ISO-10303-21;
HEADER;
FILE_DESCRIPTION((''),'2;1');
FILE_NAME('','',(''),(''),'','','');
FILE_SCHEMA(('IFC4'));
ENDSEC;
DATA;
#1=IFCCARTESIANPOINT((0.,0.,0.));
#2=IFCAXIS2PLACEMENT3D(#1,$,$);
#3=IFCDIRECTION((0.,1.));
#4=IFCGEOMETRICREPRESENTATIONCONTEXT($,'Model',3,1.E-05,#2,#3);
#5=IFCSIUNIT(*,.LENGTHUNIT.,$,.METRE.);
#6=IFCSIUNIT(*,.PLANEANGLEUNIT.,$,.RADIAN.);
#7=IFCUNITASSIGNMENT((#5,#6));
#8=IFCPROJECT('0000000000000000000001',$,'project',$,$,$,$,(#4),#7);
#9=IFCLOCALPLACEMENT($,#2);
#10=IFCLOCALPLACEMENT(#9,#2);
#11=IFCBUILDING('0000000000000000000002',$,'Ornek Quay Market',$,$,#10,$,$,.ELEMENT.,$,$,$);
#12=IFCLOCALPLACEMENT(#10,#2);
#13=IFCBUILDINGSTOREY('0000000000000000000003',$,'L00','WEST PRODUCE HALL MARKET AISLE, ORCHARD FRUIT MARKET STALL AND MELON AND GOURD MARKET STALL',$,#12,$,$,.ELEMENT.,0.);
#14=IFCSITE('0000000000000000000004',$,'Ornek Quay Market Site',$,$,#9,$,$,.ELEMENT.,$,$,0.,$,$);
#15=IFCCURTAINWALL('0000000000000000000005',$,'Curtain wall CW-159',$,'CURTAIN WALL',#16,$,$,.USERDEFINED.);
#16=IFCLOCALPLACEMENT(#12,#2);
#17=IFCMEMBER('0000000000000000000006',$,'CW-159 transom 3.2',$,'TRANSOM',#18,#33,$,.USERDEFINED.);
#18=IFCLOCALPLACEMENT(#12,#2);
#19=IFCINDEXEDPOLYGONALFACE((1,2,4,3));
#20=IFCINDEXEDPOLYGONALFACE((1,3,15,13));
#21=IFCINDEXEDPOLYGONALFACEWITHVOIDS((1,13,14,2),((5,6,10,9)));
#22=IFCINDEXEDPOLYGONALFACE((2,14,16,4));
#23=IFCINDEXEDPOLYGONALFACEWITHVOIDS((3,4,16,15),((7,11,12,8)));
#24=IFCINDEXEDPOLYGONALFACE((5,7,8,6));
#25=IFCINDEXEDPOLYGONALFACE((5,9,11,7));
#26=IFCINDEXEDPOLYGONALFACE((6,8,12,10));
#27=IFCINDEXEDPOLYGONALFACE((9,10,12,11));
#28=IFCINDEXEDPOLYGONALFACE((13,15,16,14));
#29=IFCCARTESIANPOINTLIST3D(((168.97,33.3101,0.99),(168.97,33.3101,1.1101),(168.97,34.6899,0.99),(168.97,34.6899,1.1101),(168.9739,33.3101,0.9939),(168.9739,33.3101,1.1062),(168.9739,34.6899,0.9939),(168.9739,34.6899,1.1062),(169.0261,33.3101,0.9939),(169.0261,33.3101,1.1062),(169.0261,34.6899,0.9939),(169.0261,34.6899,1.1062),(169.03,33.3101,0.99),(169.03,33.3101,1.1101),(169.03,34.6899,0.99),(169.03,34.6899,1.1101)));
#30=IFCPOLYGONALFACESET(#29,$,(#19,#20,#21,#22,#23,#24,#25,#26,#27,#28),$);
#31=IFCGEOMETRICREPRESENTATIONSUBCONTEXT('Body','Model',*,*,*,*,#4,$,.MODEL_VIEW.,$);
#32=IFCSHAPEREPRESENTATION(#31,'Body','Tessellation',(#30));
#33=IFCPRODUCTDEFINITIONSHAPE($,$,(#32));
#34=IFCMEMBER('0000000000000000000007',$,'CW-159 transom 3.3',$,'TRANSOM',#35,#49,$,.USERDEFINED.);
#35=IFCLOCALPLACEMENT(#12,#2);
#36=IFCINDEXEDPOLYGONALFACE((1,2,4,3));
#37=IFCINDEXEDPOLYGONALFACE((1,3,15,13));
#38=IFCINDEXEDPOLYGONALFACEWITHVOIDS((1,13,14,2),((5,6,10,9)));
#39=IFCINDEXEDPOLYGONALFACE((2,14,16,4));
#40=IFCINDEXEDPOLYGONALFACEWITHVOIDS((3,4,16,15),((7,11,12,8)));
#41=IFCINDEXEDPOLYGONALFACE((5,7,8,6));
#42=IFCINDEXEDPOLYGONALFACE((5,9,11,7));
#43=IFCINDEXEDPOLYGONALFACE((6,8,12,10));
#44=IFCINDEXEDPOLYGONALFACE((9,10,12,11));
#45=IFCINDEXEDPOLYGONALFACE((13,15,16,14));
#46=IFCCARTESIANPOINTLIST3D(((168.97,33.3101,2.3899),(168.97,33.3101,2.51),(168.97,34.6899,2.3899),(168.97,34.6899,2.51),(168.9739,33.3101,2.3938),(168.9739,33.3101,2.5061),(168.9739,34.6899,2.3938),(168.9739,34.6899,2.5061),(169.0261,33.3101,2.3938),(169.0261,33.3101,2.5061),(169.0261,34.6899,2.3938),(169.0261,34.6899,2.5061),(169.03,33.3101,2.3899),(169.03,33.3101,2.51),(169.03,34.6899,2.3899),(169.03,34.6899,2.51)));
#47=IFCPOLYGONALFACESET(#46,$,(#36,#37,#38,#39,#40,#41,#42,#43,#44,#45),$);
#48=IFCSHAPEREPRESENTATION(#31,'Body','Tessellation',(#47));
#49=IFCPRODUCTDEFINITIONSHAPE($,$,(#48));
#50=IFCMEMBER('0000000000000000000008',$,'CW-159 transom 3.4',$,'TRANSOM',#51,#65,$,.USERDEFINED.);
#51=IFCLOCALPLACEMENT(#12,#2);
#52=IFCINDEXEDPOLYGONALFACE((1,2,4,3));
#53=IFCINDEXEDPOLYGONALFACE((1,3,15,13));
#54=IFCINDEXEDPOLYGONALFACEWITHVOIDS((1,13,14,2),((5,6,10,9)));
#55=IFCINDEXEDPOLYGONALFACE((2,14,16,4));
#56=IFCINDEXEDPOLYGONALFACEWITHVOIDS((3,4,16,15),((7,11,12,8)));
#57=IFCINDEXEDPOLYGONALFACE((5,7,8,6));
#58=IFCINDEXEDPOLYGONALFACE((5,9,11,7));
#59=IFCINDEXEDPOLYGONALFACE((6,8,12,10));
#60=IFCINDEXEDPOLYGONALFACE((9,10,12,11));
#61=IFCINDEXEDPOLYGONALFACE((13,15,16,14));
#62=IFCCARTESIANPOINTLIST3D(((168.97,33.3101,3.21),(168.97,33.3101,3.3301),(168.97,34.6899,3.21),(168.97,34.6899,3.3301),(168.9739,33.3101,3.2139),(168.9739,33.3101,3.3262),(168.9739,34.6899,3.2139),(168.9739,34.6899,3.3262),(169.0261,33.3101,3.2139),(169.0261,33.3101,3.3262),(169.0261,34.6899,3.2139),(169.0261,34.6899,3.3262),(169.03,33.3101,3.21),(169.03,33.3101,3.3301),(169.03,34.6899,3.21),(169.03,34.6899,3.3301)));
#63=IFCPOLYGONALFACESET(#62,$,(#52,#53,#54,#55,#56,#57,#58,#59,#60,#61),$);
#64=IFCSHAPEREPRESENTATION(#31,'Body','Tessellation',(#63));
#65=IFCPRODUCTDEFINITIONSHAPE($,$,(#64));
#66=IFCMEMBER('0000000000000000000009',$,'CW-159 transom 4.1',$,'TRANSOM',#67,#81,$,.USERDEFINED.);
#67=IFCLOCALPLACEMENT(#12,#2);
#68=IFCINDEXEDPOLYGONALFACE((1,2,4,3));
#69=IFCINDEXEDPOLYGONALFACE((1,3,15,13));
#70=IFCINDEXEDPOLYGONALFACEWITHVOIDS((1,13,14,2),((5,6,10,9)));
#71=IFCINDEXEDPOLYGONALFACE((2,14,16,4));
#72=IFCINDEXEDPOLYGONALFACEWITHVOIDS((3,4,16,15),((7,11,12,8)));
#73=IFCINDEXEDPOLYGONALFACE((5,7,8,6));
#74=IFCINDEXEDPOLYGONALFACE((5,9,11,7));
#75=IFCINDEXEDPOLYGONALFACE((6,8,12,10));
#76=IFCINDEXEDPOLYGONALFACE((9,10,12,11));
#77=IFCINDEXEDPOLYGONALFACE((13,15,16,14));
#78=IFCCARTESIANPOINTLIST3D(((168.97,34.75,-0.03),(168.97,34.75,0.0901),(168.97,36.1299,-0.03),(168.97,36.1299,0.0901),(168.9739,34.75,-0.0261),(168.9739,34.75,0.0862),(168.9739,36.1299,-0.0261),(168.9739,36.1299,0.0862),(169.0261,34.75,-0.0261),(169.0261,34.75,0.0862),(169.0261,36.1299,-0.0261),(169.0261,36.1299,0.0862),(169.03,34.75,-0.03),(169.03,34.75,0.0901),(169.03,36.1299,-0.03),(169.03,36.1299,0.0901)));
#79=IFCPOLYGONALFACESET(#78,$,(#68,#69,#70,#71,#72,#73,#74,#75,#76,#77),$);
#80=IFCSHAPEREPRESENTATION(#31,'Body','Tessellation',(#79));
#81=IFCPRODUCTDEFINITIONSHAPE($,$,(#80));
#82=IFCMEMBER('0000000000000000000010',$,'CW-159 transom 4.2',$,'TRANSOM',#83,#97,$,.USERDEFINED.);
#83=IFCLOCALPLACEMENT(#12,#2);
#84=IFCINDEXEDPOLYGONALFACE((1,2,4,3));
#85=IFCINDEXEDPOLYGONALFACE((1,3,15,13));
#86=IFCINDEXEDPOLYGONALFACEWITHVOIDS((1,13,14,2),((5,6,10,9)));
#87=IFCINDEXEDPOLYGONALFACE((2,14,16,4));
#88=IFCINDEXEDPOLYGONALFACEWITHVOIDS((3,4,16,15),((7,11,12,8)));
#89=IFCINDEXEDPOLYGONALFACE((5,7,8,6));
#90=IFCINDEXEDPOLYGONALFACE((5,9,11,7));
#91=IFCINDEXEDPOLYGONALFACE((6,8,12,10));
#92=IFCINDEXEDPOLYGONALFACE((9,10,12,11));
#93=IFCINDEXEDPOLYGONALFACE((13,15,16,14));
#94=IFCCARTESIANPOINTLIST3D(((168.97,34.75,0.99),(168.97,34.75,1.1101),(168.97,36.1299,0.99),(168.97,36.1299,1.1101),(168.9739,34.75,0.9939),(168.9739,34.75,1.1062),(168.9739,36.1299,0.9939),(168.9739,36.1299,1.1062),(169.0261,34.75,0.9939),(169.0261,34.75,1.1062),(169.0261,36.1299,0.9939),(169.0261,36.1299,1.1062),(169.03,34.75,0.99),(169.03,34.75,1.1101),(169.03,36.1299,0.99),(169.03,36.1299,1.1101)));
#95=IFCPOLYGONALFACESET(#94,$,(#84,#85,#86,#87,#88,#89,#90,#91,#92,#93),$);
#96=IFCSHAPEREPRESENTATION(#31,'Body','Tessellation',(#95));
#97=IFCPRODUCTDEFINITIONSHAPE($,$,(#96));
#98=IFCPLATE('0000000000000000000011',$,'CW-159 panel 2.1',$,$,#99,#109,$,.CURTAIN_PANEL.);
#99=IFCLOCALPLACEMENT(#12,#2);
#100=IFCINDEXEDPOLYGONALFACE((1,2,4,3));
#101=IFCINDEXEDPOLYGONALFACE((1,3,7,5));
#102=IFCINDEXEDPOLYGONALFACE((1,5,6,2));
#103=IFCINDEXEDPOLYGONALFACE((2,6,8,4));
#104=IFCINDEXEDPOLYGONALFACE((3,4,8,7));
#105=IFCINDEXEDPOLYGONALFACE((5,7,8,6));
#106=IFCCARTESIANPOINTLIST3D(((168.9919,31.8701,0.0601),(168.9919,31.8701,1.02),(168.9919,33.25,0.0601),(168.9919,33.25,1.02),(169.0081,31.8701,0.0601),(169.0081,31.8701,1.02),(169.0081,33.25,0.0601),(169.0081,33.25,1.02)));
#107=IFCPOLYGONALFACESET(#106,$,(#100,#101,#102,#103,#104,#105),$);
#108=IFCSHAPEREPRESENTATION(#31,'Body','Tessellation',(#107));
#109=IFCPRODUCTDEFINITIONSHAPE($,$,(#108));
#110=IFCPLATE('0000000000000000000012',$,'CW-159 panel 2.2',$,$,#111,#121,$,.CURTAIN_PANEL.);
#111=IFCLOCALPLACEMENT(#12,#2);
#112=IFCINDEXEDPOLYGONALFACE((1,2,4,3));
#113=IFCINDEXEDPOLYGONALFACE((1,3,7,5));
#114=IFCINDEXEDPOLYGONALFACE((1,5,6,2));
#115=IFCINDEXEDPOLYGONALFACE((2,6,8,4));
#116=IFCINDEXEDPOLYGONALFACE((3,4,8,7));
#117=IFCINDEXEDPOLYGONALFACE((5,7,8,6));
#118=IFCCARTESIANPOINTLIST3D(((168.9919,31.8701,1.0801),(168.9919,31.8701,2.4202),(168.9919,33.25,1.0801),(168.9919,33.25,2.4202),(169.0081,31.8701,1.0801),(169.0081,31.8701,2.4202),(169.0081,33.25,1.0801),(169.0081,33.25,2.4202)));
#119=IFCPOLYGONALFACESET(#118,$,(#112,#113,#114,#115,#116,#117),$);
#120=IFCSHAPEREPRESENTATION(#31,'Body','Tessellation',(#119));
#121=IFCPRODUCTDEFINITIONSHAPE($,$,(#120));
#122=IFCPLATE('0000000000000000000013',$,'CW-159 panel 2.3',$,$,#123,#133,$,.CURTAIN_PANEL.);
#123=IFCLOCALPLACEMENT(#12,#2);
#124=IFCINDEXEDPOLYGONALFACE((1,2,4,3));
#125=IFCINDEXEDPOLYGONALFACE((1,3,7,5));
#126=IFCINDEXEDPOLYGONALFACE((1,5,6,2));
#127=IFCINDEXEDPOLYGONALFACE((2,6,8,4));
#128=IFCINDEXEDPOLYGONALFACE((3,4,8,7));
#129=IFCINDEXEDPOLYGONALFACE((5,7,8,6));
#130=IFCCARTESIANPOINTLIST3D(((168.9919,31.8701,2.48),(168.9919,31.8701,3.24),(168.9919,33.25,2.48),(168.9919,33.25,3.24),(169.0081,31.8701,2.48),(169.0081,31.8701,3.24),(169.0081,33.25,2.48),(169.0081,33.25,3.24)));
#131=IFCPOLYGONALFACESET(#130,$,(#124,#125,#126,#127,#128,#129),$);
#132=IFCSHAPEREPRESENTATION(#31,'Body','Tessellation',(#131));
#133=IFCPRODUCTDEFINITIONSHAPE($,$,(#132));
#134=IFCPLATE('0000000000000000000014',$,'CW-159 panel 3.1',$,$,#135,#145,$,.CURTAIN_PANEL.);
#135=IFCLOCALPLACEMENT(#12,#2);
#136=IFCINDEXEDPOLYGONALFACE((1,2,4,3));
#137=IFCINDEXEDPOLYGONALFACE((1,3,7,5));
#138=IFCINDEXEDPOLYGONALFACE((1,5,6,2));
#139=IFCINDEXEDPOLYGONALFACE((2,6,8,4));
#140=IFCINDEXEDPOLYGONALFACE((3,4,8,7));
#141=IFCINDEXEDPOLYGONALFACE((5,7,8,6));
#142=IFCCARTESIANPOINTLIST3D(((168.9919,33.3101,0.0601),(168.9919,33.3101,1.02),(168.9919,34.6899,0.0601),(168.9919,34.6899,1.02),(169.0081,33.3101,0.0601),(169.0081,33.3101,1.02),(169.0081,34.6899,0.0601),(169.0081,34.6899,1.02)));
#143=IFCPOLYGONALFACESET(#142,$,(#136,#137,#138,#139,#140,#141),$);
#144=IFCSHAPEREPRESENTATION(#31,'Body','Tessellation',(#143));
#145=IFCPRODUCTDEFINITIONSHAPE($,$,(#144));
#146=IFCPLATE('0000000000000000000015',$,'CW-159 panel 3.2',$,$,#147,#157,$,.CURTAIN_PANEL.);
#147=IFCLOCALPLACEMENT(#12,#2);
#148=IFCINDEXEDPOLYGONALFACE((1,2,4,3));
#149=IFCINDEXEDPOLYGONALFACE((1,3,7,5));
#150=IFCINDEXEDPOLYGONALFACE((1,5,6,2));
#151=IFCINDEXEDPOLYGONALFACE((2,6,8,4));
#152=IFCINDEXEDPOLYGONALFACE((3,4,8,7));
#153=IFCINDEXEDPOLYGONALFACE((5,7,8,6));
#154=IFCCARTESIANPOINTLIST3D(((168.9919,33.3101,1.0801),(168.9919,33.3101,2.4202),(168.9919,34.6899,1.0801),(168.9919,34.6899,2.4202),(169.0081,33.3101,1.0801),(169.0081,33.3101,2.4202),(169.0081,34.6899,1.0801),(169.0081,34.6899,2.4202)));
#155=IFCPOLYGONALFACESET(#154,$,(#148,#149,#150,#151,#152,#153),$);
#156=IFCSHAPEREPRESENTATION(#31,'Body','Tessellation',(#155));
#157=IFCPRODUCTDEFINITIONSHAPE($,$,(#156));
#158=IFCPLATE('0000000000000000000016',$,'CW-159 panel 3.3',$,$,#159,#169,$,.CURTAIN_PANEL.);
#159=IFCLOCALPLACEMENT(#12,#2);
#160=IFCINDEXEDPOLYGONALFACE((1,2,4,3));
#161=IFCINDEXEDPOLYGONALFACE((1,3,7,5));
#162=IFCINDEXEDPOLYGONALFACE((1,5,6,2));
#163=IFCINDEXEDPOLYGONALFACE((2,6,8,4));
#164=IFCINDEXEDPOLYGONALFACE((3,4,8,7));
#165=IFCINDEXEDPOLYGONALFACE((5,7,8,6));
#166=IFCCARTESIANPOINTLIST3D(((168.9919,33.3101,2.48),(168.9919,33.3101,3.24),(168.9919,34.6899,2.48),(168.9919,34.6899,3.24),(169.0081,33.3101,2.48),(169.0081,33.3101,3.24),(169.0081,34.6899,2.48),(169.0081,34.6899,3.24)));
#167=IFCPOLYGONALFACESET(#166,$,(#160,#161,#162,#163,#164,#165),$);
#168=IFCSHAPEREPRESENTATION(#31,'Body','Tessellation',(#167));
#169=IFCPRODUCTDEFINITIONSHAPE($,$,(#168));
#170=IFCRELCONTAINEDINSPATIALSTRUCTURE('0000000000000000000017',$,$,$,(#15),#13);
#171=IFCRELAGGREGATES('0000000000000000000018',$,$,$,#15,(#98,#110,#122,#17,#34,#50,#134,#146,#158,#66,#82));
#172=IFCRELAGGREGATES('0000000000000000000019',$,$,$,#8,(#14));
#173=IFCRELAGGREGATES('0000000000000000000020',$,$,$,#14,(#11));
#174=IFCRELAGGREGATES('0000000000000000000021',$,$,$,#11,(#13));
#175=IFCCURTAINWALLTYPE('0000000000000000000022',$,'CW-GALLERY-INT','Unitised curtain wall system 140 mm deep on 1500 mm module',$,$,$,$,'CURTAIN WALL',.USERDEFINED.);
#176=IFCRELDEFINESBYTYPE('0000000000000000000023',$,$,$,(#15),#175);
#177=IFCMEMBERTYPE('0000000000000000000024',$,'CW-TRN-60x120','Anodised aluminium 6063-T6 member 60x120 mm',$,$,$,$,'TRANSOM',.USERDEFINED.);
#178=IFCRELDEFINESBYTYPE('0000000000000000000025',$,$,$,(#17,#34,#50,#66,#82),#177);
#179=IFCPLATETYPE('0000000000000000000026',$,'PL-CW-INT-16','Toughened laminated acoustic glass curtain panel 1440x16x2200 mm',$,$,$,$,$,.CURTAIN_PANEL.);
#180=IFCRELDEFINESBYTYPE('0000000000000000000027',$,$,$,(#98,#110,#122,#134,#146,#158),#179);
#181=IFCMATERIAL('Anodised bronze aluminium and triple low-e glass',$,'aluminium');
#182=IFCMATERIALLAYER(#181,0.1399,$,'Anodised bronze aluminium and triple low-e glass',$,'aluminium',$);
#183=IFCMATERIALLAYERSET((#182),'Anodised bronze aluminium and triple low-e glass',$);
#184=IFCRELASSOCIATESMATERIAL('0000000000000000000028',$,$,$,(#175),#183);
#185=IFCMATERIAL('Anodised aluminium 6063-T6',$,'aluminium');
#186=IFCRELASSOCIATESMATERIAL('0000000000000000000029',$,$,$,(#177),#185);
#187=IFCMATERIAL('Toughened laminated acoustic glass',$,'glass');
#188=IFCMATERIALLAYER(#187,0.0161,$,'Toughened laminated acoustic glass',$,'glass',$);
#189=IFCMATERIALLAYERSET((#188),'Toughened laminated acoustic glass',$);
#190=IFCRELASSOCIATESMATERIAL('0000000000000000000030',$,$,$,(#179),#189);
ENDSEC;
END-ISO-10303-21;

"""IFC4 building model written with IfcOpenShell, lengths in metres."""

from ifc_helpers import new_model, si_unit, direction, frame, origin, origin_2d, place, context, subcontext, project, spatial, rectangle, hollow_rectangle, extrude, material, layer, layer_set, material_profile, profile_set, type_object, element, aggregate, save


model = new_model("IFC4")

# Units and contexts
model_context = context("Model", 3, precision=1e-05, world=origin(), true_north=direction((0.0, 1.0)))
body_context = subcontext(model_context, "Body", "Model", "MODEL_VIEW")
ifc_project = project(units=[si_unit("LENGTHUNIT", "METRE"), si_unit("PLANEANGLEUNIT", "RADIAN")], contexts=[model_context])

# Site, building, storey
site_placement = place(None, origin())
site = spatial("IfcSite", under=ifc_project, at=site_placement, Name="Ornek Quay Market Site", CompositionType="ELEMENT", RefElevation=0.0)
building_placement = place(site_placement, origin())
building = spatial("IfcBuilding", under=site, at=building_placement, Name="Ornek Quay Market", CompositionType="ELEMENT")
storey_placement = place(building_placement, origin())
storey = spatial("IfcBuildingStorey", under=building, at=storey_placement, Name="L00", Description="WEST PRODUCE HALL MARKET AISLE, ORCHARD FRUIT MARKET STALL AND MELON AND GOURD MARKET STALL", CompositionType="ELEMENT", Elevation=0.0)

# Curtain wall, members, plates
ifc_material_1 = material(Name="Anodised bronze aluminium and triple low-e glass", Category="aluminium")
ifc_layer_1 = layer(ifc_material_1, 0.1399, Name="Anodised bronze aluminium and triple low-e glass", Category="aluminium")
ifc_layer_set_1 = layer_set([ifc_layer_1], Name="Anodised bronze aluminium and triple low-e glass")
curtain_wall_type = type_object("IfcCurtainWallType", Name="CW-GALLERY-INT", Description="Unitised curtain wall system 140 mm deep on 1500 mm module", ElementType="CURTAIN WALL", PredefinedType="USERDEFINED", material=ifc_layer_set_1)
curtain_wall_placement = place(storey_placement, origin())
curtain_wall = element("IfcCurtainWall", 1, at=curtain_wall_placement, inside=storey, type_object=curtain_wall_type, Name="Curtain wall CW-159", ObjectType="CURTAIN WALL", PredefinedType="USERDEFINED")
ifc_material_2 = material(Name="Anodised aluminium 6063-T6", Category="aluminium")
ifc_material_profile_1 = material_profile(ifc_material_2, hollow_rectangle(XDim=0.0601, YDim=0.1201, WallThickness=0.0039, at=origin_2d()), Name="CW-TRN-60x120", Category="aluminium")
ifc_profile_set_1 = profile_set([ifc_material_profile_1], Name="Anodised aluminium 6063-T6")
member_type_1 = type_object("IfcMemberType", Name="CW-TRN-60x120", Description="Anodised aluminium 6063-T6 member 60x120 mm", ElementType="TRANSOM", PredefinedType="USERDEFINED", material=ifc_profile_set_1)
member_1_placement = place(storey_placement, frame((169.0, 33.3101, 1.05), z_axis=(0.0, 1.0, 0.0), x_axis=(-1.0, 0.0, 0.0)))
member_1 = element("IfcMember", 2, at=member_1_placement, type_object=member_type_1, Name="CW-159 transom 3.2", ObjectType="TRANSOM", PredefinedType="USERDEFINED", context=body_context, shape_type="SweptSolid", body=[
    extrude(hollow_rectangle(XDim=0.0601, YDim=0.1201, WallThickness=0.0039, at=origin_2d()), origin(), (0.0, 0.0, 1.0), 1.3799),
])
member_2_placement = place(storey_placement, frame((169.0, 33.3101, 2.45), z_axis=(0.0, 1.0, 0.0), x_axis=(-1.0, 0.0, 0.0)))
member_2 = element("IfcMember", 3, at=member_2_placement, type_object=member_type_1, Name="CW-159 transom 3.3", ObjectType="TRANSOM", PredefinedType="USERDEFINED", context=body_context, shape_type="SweptSolid", body=[
    extrude(hollow_rectangle(XDim=0.0601, YDim=0.1201, WallThickness=0.0039, at=origin_2d()), origin(), (0.0, 0.0, 1.0), 1.3799),
])
member_3_placement = place(storey_placement, frame((169.0, 33.3101, 3.27), z_axis=(0.0, 1.0, 0.0), x_axis=(-1.0, 0.0, 0.0)))
member_3 = element("IfcMember", 4, at=member_3_placement, type_object=member_type_1, Name="CW-159 transom 3.4", ObjectType="TRANSOM", PredefinedType="USERDEFINED", context=body_context, shape_type="SweptSolid", body=[
    extrude(hollow_rectangle(XDim=0.0601, YDim=0.1201, WallThickness=0.0039, at=origin_2d()), origin(), (0.0, 0.0, 1.0), 1.3799),
])
member_4_placement = place(storey_placement, frame((169.0, 34.75, 0.03), z_axis=(0.0, 1.0, 0.0), x_axis=(-1.0, 0.0, 0.0)))
member_4 = element("IfcMember", 5, at=member_4_placement, type_object=member_type_1, Name="CW-159 transom 4.1", ObjectType="TRANSOM", PredefinedType="USERDEFINED", context=body_context, shape_type="SweptSolid", body=[
    extrude(hollow_rectangle(XDim=0.0601, YDim=0.1201, WallThickness=0.0039, at=origin_2d()), origin(), (0.0, 0.0, 1.0), 1.3799),
])
member_5_placement = place(storey_placement, frame((169.0, 34.75, 1.05), z_axis=(0.0, 1.0, 0.0), x_axis=(-1.0, 0.0, 0.0)))
member_5 = element("IfcMember", 6, at=member_5_placement, type_object=member_type_1, Name="CW-159 transom 4.2", ObjectType="TRANSOM", PredefinedType="USERDEFINED", context=body_context, shape_type="SweptSolid", body=[
    extrude(hollow_rectangle(XDim=0.0601, YDim=0.1201, WallThickness=0.0039, at=origin_2d()), origin(), (0.0, 0.0, 1.0), 1.3799),
])
ifc_material_3 = material(Name="Toughened laminated acoustic glass", Category="glass")
ifc_layer_2 = layer(ifc_material_3, 0.0161, Name="Toughened laminated acoustic glass", Category="glass")
ifc_layer_set_2 = layer_set([ifc_layer_2], Name="Toughened laminated acoustic glass")
plate_type = type_object("IfcPlateType", Name="PL-CW-INT-16", Description="Toughened laminated acoustic glass curtain panel 1440x16x2200 mm", PredefinedType="CURTAIN_PANEL", material=ifc_layer_set_2)
plate_1_placement = place(storey_placement, frame((169.0, 32.5601, 0.0601), z_axis=(0.0, 0.0, 1.0), x_axis=(0.0, 1.0, 0.0)))
plate_1 = element("IfcPlate", 7, at=plate_1_placement, type_object=plate_type, Name="CW-159 panel 2.1", PredefinedType="CURTAIN_PANEL", context=body_context, shape_type="SweptSolid", body=[
    extrude(rectangle(XDim=1.3799, YDim=0.0161, at=origin_2d()), origin(), (0.0, 0.0, 1.0), 0.96),
])
plate_2_placement = place(storey_placement, frame((169.0, 32.5601, 1.0801), z_axis=(0.0, 0.0, 1.0), x_axis=(0.0, 1.0, 0.0)))
plate_2 = element("IfcPlate", 8, at=plate_2_placement, type_object=plate_type, Name="CW-159 panel 2.2", PredefinedType="CURTAIN_PANEL", context=body_context, shape_type="SweptSolid", body=[
    extrude(rectangle(XDim=1.3799, YDim=0.0161, at=origin_2d()), origin(), (0.0, 0.0, 1.0), 1.3401),
])
plate_3_placement = place(storey_placement, frame((169.0, 32.5601, 2.48), z_axis=(0.0, 0.0, 1.0), x_axis=(0.0, 1.0, 0.0)))
plate_3 = element("IfcPlate", 9, at=plate_3_placement, type_object=plate_type, Name="CW-159 panel 2.3", PredefinedType="CURTAIN_PANEL", context=body_context, shape_type="SweptSolid", body=[
    extrude(rectangle(XDim=1.3799, YDim=0.0161, at=origin_2d()), origin(), (0.0, 0.0, 1.0), 0.76),
])
plate_4_placement = place(storey_placement, frame((169.0, 34.0, 0.0601), z_axis=(0.0, 0.0, 1.0), x_axis=(0.0, 1.0, 0.0)))
plate_4 = element("IfcPlate", 10, at=plate_4_placement, type_object=plate_type, Name="CW-159 panel 3.1", PredefinedType="CURTAIN_PANEL", context=body_context, shape_type="SweptSolid", body=[
    extrude(rectangle(XDim=1.3799, YDim=0.0161, at=origin_2d()), origin(), (0.0, 0.0, 1.0), 0.96),
])
plate_5_placement = place(storey_placement, frame((169.0, 34.0, 1.0801), z_axis=(0.0, 0.0, 1.0), x_axis=(0.0, 1.0, 0.0)))
plate_5 = element("IfcPlate", 11, at=plate_5_placement, type_object=plate_type, Name="CW-159 panel 3.2", PredefinedType="CURTAIN_PANEL", context=body_context, shape_type="SweptSolid", body=[
    extrude(rectangle(XDim=1.3799, YDim=0.0161, at=origin_2d()), origin(), (0.0, 0.0, 1.0), 1.3401),
])
plate_6_placement = place(storey_placement, frame((169.0, 34.0, 2.48), z_axis=(0.0, 0.0, 1.0), x_axis=(0.0, 1.0, 0.0)))
plate_6 = element("IfcPlate", 12, at=plate_6_placement, type_object=plate_type, Name="CW-159 panel 3.3", PredefinedType="CURTAIN_PANEL", context=body_context, shape_type="SweptSolid", body=[
    extrude(rectangle(XDim=1.3799, YDim=0.0161, at=origin_2d()), origin(), (0.0, 0.0, 1.0), 0.76),
])
aggregate(curtain_wall, [plate_1, plate_2, plate_3, member_1, member_2, member_3, plate_4, plate_5, plate_6, member_4, member_5])

save(model, "model.ifc")
